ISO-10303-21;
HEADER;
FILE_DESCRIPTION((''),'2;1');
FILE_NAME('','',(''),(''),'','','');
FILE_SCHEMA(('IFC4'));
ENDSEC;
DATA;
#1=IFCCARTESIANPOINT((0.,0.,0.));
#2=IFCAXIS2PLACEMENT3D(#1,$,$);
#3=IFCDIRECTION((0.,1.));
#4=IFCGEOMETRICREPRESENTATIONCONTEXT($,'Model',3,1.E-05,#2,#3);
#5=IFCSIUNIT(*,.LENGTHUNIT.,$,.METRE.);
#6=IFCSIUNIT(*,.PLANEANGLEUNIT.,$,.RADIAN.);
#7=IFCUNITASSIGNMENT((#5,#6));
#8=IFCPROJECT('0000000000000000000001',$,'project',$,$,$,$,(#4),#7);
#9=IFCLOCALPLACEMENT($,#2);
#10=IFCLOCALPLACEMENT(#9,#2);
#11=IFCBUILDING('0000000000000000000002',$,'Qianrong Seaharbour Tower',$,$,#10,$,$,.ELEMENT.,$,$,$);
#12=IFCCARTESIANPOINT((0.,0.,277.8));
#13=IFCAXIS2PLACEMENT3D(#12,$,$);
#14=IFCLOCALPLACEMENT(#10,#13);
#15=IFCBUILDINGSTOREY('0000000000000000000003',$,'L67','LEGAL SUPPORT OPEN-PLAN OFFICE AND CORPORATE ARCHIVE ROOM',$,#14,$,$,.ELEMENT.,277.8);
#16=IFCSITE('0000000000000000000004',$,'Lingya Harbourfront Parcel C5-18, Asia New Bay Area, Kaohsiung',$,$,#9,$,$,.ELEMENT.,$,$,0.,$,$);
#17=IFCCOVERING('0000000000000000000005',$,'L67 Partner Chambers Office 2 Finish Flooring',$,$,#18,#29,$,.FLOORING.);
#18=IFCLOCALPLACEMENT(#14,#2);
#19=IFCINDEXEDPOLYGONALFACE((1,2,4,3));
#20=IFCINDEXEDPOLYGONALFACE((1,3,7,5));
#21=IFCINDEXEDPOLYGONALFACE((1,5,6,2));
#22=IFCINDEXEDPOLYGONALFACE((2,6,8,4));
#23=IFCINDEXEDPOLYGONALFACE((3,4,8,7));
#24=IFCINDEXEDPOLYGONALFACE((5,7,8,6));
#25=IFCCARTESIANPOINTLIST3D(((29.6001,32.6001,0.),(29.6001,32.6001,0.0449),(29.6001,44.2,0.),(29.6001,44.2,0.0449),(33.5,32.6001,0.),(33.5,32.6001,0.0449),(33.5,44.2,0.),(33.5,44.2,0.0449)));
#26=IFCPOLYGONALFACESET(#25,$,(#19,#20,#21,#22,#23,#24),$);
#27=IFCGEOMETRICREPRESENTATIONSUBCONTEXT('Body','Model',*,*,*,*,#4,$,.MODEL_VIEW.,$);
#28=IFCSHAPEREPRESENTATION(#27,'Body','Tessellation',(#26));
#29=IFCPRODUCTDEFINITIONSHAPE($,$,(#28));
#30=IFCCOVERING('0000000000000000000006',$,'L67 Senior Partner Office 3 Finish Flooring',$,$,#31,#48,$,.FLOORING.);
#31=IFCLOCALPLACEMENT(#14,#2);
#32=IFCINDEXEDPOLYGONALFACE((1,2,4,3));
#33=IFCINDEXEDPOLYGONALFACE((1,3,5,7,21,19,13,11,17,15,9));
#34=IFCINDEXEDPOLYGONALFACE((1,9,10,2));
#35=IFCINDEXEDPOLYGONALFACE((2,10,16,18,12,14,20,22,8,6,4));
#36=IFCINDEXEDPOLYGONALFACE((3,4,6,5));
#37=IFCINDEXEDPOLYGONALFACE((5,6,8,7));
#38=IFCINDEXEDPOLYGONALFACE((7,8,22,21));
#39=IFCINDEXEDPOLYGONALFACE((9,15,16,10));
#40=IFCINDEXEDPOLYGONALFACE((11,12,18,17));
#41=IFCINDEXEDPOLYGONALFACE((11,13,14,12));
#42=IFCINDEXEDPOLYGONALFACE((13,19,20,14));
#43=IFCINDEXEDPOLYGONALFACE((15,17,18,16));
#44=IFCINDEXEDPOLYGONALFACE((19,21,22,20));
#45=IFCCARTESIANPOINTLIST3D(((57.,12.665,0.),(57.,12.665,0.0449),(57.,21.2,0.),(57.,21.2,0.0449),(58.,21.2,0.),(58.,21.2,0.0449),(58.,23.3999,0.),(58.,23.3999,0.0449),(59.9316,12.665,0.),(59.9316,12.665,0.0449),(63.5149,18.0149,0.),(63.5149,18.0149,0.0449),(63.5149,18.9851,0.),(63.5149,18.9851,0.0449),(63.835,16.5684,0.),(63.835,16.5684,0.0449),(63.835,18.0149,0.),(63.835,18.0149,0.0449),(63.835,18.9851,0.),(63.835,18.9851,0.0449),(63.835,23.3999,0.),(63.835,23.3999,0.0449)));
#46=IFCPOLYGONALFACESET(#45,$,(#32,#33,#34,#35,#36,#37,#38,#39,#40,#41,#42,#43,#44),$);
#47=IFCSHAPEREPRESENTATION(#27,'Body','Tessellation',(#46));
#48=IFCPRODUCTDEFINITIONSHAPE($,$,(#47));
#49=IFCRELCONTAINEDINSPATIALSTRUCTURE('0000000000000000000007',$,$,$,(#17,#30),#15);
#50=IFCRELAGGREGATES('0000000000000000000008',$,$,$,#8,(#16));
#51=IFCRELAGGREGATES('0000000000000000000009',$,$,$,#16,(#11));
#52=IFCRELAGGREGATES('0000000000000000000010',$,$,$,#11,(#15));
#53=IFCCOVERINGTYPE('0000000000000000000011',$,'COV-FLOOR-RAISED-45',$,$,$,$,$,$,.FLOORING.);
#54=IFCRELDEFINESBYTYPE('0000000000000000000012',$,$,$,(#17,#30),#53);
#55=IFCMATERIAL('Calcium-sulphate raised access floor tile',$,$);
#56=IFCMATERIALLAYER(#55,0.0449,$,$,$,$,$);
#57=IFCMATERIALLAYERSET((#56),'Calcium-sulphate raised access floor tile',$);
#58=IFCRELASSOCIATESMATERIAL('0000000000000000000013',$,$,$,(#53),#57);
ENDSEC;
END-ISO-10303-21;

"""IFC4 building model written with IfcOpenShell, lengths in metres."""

from ifc_helpers import new_model, si_unit, direction, frame, origin, place, context, subcontext, project, spatial, polyline, outline, extrude, material, layer, layer_set, type_object, element, save


model = new_model("IFC4")

# Units and contexts
model_context = context("Model", 3, precision=1e-05, world=origin(), true_north=direction((0.0, 1.0)))
body_context = subcontext(model_context, "Body", "Model", "MODEL_VIEW")
ifc_project = project(units=[si_unit("LENGTHUNIT", "METRE"), si_unit("PLANEANGLEUNIT", "RADIAN")], contexts=[model_context])

# Site, building, storey
site_placement = place(None, origin())
site = spatial("IfcSite", under=ifc_project, at=site_placement, Name="Lingya Harbourfront Parcel C5-18, Asia New Bay Area, Kaohsiung", CompositionType="ELEMENT", RefElevation=0.0)
building_placement = place(site_placement, origin())
building = spatial("IfcBuilding", under=site, at=building_placement, Name="Qianrong Seaharbour Tower", CompositionType="ELEMENT")
storey_placement = place(building_placement, frame((0.0, 0.0, 277.8)))
storey = spatial("IfcBuildingStorey", under=building, at=storey_placement, Name="L67", Description="LEGAL SUPPORT OPEN-PLAN OFFICE AND CORPORATE ARCHIVE ROOM", CompositionType="ELEMENT", Elevation=277.8)

# Coverings
ifc_material_1 = material(Name="Calcium-sulphate raised access floor tile")
ifc_layer_1 = layer(ifc_material_1, 0.0449)
ifc_layer_set_1 = layer_set([ifc_layer_1], Name="Calcium-sulphate raised access floor tile")
covering_type_1 = type_object("IfcCoveringType", Name="COV-FLOOR-RAISED-45", PredefinedType="FLOORING", material=ifc_layer_set_1)
covering_1_placement = place(storey_placement, origin())
element("IfcCovering", 1, at=covering_1_placement, inside=storey, type_object=covering_type_1, Name="L67 Partner Chambers Office 2 Finish Flooring", PredefinedType="FLOORING", context=body_context, shape_type="SweptSolid", body=[
    extrude(outline(polyline([(29.6001, 44.2), (33.5, 44.2), (33.5, 32.6001), (29.6001, 32.6001), (29.6001, 44.2)])), origin(), (0.0, 0.0, 1.0), 0.0449),
])
covering_2_placement = place(storey_placement, origin())
element("IfcCovering", 2, at=covering_2_placement, inside=storey, type_object=covering_type_1, Name="L67 Senior Partner Office 3 Finish Flooring", PredefinedType="FLOORING", context=body_context, shape_type="SweptSolid", body=[
    extrude(outline(polyline([(59.9316, 12.665), (57.0, 12.665), (57.0, 21.2), (58.0, 21.2), (58.0, 23.3999), (63.835, 23.3999), (63.835, 18.9851), (63.5149, 18.9851), (63.5149, 18.0149), (63.835, 18.0149), (63.835, 16.5684), (59.9316, 12.665)])), origin(), (0.0, 0.0, 1.0), 0.0449),
])

save(model, "model.ifc")
